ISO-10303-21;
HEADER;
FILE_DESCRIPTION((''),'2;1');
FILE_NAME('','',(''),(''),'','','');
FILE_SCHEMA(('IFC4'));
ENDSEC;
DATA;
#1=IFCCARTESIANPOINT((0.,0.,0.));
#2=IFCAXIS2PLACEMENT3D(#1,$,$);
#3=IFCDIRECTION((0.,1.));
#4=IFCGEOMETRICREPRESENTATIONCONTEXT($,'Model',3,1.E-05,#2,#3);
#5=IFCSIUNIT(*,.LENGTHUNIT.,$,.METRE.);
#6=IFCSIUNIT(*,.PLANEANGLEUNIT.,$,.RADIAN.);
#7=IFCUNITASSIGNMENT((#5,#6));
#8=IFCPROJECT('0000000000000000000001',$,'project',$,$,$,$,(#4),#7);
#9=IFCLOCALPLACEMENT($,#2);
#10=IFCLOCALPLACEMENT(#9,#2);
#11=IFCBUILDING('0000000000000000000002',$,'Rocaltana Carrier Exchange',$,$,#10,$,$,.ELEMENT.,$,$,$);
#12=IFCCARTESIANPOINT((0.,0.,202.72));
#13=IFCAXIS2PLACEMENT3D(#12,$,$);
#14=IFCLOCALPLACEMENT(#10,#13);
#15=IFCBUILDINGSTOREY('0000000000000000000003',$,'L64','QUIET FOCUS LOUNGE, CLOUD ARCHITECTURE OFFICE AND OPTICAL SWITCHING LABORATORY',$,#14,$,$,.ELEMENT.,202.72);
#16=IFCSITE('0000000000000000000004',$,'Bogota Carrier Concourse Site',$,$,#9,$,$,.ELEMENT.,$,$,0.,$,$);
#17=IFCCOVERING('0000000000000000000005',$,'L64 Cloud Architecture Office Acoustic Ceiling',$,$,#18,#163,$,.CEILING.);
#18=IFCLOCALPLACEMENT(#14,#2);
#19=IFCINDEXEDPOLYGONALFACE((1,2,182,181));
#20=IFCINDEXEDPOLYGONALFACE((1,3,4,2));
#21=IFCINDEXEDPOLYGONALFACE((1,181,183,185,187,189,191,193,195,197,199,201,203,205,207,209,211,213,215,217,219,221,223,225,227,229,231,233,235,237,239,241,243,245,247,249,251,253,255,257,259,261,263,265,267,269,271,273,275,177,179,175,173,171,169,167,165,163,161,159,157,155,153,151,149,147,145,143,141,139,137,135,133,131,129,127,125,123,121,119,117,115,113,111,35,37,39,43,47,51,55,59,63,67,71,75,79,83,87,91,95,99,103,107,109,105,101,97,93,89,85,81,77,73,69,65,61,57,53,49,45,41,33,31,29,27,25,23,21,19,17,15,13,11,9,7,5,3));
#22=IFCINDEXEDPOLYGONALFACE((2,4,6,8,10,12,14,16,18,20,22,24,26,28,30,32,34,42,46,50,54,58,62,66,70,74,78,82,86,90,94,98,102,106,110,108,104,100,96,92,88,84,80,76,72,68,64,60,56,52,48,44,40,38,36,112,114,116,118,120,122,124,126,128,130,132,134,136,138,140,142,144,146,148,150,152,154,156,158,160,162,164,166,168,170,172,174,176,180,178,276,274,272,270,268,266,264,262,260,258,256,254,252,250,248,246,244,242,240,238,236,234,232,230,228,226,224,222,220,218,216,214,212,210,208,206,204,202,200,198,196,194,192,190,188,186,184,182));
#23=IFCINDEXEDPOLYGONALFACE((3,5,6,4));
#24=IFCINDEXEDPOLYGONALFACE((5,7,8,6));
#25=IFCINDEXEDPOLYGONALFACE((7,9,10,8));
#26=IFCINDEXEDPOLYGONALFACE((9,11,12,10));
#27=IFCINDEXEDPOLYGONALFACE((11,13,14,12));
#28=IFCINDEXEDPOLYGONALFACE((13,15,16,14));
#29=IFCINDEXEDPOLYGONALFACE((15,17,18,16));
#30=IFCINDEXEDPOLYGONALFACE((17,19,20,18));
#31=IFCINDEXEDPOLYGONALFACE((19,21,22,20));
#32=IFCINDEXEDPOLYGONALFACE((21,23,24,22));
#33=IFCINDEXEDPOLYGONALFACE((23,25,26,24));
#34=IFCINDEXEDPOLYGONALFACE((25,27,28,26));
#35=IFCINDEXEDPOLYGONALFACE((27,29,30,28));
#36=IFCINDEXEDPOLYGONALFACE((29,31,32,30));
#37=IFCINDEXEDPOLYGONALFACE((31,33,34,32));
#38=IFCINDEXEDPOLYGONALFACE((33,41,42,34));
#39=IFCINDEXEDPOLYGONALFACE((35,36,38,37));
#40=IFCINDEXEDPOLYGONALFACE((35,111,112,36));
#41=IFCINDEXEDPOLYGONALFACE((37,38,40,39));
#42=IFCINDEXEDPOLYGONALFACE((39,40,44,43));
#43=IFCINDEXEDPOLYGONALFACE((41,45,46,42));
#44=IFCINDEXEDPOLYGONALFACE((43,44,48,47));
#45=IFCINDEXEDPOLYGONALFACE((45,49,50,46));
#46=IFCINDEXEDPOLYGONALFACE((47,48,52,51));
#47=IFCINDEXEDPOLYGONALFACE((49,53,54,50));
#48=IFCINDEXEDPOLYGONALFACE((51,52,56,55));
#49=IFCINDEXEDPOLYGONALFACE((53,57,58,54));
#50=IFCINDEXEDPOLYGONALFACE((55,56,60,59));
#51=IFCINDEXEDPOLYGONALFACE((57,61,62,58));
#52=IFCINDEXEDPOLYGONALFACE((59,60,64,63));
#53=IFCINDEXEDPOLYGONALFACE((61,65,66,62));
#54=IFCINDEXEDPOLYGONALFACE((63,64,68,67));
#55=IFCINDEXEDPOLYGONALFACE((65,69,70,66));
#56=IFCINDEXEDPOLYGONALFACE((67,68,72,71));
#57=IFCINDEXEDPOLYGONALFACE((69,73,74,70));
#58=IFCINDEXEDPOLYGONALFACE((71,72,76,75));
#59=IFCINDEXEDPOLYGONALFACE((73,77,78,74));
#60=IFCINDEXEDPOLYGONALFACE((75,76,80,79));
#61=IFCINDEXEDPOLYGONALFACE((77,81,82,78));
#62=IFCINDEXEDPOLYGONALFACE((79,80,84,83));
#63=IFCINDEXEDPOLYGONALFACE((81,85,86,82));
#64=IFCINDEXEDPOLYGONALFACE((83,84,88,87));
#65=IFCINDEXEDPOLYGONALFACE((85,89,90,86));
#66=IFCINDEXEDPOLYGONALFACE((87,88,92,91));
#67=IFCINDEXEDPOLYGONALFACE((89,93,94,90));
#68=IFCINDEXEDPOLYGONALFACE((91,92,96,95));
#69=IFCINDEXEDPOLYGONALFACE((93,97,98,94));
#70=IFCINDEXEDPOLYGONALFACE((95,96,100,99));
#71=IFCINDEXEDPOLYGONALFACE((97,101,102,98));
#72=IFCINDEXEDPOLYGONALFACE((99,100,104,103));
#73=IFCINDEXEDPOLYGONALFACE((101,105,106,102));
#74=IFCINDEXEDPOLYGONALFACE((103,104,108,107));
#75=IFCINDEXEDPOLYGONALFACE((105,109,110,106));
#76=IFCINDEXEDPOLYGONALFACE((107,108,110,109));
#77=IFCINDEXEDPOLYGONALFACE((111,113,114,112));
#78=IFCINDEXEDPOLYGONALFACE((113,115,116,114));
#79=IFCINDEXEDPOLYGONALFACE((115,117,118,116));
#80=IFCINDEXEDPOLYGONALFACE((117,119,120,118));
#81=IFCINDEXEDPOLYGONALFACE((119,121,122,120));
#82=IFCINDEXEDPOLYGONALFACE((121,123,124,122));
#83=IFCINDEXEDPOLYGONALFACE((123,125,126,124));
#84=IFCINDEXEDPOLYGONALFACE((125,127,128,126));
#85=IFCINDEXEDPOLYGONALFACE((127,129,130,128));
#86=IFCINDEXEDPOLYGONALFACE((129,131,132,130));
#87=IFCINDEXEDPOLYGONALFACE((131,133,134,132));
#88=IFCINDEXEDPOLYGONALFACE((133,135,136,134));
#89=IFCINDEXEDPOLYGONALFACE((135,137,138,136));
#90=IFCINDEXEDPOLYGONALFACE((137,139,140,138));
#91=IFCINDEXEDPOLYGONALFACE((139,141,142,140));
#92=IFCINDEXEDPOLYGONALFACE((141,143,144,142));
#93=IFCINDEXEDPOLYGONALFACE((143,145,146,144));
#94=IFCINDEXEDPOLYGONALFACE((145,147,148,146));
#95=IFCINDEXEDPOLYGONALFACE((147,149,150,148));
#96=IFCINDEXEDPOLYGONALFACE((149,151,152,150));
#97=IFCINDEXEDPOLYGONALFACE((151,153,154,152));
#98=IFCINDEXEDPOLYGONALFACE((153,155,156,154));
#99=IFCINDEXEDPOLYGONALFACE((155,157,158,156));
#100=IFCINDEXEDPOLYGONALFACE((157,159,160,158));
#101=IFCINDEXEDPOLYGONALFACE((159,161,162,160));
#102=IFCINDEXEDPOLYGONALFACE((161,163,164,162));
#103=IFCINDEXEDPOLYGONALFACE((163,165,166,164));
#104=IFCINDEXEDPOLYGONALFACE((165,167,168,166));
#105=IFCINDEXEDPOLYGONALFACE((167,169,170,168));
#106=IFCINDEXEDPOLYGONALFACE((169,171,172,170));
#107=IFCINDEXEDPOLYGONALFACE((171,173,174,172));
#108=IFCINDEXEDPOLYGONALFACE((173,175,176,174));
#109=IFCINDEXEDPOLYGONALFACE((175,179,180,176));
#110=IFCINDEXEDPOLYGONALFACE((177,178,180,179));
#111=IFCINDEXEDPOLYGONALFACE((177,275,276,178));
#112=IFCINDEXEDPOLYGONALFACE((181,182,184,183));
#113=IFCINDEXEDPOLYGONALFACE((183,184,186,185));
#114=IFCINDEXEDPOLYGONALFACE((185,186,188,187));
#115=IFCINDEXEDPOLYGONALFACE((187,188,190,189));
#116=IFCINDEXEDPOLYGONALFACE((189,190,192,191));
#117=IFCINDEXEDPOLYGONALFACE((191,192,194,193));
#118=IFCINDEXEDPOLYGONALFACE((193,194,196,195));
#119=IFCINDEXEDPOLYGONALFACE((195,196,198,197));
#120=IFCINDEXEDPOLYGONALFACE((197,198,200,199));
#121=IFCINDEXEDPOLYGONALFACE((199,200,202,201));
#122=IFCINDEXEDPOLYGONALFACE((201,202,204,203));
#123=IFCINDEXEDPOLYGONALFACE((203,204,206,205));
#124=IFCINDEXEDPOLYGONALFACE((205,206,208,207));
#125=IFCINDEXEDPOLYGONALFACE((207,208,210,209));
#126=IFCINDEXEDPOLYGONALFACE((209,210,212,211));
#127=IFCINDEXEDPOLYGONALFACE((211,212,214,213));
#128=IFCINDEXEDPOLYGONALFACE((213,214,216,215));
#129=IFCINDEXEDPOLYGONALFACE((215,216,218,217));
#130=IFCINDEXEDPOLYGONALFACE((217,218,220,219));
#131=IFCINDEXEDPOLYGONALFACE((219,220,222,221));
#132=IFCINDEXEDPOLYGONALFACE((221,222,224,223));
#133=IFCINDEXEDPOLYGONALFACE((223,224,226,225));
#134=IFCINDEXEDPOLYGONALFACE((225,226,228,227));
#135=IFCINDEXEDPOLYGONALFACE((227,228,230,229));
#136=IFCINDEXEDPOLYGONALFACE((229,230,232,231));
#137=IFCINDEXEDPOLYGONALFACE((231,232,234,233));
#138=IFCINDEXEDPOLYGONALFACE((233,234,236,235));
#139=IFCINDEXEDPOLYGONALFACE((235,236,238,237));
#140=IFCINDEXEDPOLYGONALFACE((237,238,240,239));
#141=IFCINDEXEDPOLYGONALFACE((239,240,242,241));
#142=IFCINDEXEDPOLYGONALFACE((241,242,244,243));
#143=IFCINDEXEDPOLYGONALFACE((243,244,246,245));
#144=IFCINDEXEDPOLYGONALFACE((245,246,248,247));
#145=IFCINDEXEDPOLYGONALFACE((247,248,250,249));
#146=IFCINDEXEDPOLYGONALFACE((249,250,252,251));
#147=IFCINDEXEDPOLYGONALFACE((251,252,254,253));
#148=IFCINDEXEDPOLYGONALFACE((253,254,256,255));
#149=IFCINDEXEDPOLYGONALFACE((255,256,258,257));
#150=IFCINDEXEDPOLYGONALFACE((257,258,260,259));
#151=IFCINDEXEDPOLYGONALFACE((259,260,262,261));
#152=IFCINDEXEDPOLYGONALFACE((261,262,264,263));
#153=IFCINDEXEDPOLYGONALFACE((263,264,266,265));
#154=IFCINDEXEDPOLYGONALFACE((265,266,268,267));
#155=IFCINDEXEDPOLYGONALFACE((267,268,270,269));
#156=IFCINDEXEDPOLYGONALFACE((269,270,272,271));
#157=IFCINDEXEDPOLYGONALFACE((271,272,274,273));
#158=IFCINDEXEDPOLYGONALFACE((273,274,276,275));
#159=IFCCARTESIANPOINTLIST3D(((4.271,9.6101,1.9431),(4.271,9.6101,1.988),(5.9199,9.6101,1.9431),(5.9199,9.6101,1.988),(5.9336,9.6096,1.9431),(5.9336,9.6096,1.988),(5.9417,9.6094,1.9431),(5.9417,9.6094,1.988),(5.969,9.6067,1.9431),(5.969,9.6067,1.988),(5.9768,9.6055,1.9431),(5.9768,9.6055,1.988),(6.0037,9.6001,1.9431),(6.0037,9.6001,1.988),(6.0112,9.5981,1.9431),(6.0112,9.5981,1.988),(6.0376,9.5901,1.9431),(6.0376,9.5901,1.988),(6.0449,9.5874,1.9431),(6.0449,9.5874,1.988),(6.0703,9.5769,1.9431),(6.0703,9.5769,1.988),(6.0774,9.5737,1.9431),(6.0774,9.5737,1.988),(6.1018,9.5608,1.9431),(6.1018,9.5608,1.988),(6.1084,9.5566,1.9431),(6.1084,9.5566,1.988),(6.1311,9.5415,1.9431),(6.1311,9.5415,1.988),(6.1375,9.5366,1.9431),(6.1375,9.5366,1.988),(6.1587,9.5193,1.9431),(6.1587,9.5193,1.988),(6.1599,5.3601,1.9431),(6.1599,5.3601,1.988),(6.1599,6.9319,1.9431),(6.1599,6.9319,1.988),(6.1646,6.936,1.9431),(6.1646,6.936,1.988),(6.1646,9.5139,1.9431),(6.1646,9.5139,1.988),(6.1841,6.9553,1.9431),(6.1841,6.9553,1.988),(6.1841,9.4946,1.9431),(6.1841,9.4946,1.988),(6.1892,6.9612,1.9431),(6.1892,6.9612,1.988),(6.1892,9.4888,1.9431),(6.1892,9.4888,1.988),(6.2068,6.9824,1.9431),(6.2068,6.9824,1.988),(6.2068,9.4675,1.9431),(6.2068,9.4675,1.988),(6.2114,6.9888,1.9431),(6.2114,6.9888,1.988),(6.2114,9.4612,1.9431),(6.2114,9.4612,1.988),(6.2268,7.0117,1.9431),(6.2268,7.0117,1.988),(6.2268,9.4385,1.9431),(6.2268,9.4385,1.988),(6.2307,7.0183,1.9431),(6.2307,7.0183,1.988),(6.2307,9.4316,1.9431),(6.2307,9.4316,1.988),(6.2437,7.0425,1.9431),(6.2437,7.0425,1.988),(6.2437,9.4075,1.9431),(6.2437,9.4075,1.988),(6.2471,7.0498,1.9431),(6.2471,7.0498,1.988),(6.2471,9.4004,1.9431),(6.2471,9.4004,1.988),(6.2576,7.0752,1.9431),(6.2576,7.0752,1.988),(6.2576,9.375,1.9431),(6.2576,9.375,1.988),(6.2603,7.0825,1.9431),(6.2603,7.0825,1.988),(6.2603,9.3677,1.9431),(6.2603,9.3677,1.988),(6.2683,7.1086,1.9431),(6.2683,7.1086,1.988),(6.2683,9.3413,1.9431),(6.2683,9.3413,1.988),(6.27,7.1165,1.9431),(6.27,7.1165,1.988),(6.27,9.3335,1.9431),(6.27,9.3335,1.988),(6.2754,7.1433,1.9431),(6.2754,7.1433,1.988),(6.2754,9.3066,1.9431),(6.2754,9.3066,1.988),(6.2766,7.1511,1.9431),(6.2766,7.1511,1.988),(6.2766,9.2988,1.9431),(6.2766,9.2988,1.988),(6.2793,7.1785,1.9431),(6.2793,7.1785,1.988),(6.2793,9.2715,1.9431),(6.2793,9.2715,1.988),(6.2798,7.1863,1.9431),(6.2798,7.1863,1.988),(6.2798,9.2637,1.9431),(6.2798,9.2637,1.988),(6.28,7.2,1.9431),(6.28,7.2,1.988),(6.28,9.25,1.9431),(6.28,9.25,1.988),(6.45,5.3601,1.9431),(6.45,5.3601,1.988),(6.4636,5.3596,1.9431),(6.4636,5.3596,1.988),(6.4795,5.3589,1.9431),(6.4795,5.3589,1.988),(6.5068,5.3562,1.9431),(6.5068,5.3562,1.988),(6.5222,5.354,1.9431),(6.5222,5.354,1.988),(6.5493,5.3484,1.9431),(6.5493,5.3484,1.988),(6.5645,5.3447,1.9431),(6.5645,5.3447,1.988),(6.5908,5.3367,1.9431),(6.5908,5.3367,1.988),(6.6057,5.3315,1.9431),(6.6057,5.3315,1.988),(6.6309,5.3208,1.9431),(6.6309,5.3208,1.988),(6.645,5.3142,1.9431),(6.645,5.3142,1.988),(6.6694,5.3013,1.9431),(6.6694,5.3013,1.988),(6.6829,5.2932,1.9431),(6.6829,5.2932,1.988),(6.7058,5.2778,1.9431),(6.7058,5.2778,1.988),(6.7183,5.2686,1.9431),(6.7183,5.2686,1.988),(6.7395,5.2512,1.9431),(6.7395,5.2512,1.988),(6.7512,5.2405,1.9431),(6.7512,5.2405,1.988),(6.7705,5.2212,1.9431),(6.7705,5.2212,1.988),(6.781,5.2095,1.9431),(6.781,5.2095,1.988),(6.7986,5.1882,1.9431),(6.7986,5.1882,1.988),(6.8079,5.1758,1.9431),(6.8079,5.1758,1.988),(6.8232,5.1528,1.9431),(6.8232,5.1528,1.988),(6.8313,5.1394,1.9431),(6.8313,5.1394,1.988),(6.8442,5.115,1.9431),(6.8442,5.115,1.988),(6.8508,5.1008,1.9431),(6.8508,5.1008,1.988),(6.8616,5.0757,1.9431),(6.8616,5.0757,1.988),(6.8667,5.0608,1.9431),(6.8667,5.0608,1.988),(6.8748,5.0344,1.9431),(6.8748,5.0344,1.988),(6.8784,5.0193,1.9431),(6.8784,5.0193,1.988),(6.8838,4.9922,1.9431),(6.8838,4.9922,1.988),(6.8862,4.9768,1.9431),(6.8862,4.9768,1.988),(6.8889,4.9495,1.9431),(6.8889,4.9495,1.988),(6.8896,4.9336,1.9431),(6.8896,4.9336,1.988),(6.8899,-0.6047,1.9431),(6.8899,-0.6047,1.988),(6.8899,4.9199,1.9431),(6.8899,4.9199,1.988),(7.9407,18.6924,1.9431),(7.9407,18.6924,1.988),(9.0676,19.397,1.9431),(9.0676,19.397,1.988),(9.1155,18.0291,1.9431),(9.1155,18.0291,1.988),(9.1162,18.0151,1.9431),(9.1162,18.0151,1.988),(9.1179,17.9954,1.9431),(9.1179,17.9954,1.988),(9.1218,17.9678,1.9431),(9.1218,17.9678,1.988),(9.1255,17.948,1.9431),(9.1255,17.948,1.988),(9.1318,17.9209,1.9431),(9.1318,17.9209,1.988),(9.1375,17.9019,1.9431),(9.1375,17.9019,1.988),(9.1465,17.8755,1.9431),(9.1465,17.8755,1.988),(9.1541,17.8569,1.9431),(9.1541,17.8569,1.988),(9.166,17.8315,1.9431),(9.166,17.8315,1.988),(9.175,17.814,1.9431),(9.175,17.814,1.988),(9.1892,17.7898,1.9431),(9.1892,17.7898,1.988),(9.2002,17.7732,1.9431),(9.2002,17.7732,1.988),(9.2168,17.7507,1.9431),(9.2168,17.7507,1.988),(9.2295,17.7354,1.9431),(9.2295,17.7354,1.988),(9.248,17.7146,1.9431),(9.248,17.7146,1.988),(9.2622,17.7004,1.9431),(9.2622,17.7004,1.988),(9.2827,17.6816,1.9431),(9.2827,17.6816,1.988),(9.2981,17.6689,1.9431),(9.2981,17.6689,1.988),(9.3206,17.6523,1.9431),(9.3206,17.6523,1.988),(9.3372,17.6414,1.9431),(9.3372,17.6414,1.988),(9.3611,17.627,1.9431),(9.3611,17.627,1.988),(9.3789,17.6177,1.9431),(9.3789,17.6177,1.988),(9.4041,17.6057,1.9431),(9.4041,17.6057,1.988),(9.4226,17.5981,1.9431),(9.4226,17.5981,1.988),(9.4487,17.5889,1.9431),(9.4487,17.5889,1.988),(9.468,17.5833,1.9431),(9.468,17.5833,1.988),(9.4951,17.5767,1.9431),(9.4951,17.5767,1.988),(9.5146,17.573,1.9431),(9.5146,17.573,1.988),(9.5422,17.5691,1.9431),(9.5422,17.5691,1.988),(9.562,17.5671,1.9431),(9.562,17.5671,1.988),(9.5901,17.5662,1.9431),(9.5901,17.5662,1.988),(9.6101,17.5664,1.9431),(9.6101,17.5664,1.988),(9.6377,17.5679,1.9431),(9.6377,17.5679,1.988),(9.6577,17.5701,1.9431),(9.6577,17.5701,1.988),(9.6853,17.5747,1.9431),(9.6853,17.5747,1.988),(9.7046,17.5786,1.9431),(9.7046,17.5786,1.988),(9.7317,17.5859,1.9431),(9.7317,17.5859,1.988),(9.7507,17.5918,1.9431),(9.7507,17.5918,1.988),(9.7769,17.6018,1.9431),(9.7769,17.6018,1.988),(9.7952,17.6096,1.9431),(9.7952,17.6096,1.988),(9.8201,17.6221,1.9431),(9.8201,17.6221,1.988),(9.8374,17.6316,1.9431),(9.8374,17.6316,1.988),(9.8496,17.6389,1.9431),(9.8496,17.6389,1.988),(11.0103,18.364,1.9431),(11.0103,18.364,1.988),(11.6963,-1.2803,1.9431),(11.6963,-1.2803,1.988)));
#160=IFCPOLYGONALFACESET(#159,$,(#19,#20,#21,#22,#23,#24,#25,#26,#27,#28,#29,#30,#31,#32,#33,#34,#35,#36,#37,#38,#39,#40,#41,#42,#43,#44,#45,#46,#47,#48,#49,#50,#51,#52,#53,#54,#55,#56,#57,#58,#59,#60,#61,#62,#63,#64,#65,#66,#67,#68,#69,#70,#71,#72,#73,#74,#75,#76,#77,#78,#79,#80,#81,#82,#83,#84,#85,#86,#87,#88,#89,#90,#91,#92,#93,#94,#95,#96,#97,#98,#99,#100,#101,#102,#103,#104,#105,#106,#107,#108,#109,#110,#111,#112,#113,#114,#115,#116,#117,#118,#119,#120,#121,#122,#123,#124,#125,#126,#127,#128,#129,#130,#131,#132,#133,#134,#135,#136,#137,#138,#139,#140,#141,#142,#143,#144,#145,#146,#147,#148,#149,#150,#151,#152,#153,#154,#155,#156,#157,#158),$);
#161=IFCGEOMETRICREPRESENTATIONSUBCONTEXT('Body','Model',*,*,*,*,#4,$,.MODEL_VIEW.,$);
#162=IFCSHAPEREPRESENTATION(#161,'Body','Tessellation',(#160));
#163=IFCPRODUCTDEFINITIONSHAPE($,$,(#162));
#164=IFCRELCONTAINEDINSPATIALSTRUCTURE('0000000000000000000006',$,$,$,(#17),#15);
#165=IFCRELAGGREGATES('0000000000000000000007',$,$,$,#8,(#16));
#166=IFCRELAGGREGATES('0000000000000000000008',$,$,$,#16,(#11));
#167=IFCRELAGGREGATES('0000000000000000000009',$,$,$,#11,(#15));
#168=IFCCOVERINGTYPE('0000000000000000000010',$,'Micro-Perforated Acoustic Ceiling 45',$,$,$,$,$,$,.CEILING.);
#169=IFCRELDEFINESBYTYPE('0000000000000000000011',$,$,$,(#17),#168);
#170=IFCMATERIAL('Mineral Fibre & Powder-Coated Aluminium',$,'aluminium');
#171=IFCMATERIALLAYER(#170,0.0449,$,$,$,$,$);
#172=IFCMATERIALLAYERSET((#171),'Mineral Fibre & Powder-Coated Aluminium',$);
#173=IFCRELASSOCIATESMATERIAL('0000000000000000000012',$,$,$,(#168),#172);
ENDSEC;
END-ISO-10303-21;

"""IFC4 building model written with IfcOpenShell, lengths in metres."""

from ifc_helpers import new_model, si_unit, direction, frame, origin, place, context, subcontext, project, spatial, polyline, outline, extrude, material, layer, layer_set, type_object, element, save


model = new_model("IFC4")

# Units and contexts
model_context = context("Model", 3, precision=1e-05, world=origin(), true_north=direction((0.0, 1.0)))
body_context = subcontext(model_context, "Body", "Model", "MODEL_VIEW")
ifc_project = project(units=[si_unit("LENGTHUNIT", "METRE"), si_unit("PLANEANGLEUNIT", "RADIAN")], contexts=[model_context])

# Site, building, storey
site_placement = place(None, origin())
site = spatial("IfcSite", under=ifc_project, at=site_placement, Name="Bogota Carrier Concourse Site", CompositionType="ELEMENT", RefElevation=0.0)
building_placement = place(site_placement, origin())
building = spatial("IfcBuilding", under=site, at=building_placement, Name="Rocaltana Carrier Exchange", CompositionType="ELEMENT")
storey_placement = place(building_placement, frame((0.0, 0.0, 202.72)))
storey = spatial("IfcBuildingStorey", under=building, at=storey_placement, Name="L64", Description="QUIET FOCUS LOUNGE, CLOUD ARCHITECTURE OFFICE AND OPTICAL SWITCHING LABORATORY", CompositionType="ELEMENT", Elevation=202.72)

# Covering
ifc_material_1 = material(Name="Mineral Fibre & Powder-Coated Aluminium", Category="aluminium")
ifc_layer_1 = layer(ifc_material_1, 0.0449)
ifc_layer_set_1 = layer_set([ifc_layer_1], Name="Mineral Fibre & Powder-Coated Aluminium")
covering_type_1 = type_object("IfcCoveringType", Name="Micro-Perforated Acoustic Ceiling 45", PredefinedType="CEILING", material=ifc_layer_set_1)
covering_1_placement = place(storey_placement, frame((0.0, 0.0, 1.9431)))
element("IfcCovering", 1, at=covering_1_placement, inside=storey, type_object=covering_type_1, Name="L64 Cloud Architecture Office Acoustic Ceiling", PredefinedType="CEILING", context=body_context, shape_type="SweptSolid", body=[
    extrude(outline(polyline([(6.1599, 6.9319), (6.1646, 6.936), (6.1841, 6.9553), (6.1892, 6.9612), (6.2068, 6.9824), (6.2114, 6.9888), (6.2268, 7.0117), (6.2307, 7.0183), (6.2437, 7.0425), (6.2471, 7.0498), (6.2576, 7.0752), (6.2603, 7.0825), (6.2683, 7.1086), (6.27, 7.1165), (6.2754, 7.1433), (6.2766, 7.1511), (6.2793, 7.1785), (6.2798, 7.1863), (6.28, 7.2), (6.28, 9.25), (6.2798, 9.2637), (6.2793, 9.2715), (6.2766, 9.2988), (6.2754, 9.3066), (6.27, 9.3335), (6.2683, 9.3413), (6.2603, 9.3677), (6.2576, 9.375), (6.2471, 9.4004), (6.2437, 9.4075), (6.2307, 9.4316), (6.2268, 9.4385), (6.2114, 9.4612), (6.2068, 9.4675), (6.1892, 9.4888), (6.1841, 9.4946), (6.1646, 9.5139), (6.1587, 9.5193), (6.1375, 9.5366), (6.1311, 9.5415), (6.1084, 9.5566), (6.1018, 9.5608), (6.0774, 9.5737), (6.0703, 9.5769), (6.0449, 9.5874), (6.0376, 9.5901), (6.0112, 9.5981), (6.0037, 9.6001), (5.9768, 9.6055), (5.969, 9.6067), (5.9417, 9.6094), (5.9336, 9.6096), (5.9199, 9.6101), (4.271, 9.6101), (7.9407, 18.6924), (9.0676, 19.397), (9.1155, 18.0291), (9.1162, 18.0151), (9.1179, 17.9954), (9.1218, 17.9678), (9.1255, 17.948), (9.1318, 17.9209), (9.1375, 17.9019), (9.1465, 17.8755), (9.1541, 17.8569), (9.166, 17.8315), (9.175, 17.814), (9.1892, 17.7898), (9.2002, 17.7732), (9.2168, 17.7507), (9.2295, 17.7354), (9.248, 17.7146), (9.2622, 17.7004), (9.2827, 17.6816), (9.2981, 17.6689), (9.3206, 17.6523), (9.3372, 17.6414), (9.3611, 17.627), (9.3789, 17.6177), (9.4041, 17.6057), (9.4226, 17.5981), (9.4487, 17.5889), (9.468, 17.5833), (9.4951, 17.5767), (9.5146, 17.573), (9.5422, 17.5691), (9.562, 17.5671), (9.5901, 17.5662), (9.6101, 17.5664), (9.6377, 17.5679), (9.6577, 17.5701), (9.6853, 17.5747), (9.7046, 17.5786), (9.7317, 17.5859), (9.7507, 17.5918), (9.7769, 17.6018), (9.7952, 17.6096), (9.8201, 17.6221), (9.8374, 17.6316), (9.8496, 17.6389), (11.0103, 18.364), (11.6963, -1.2803), (6.8899, -0.6047), (6.8899, 4.9199), (6.8896, 4.9336), (6.8889, 4.9495), (6.8862, 4.9768), (6.8838, 4.9922), (6.8784, 5.0193), (6.8748, 5.0344), (6.8667, 5.0608), (6.8616, 5.0757), (6.8508, 5.1008), (6.8442, 5.115), (6.8313, 5.1394), (6.8232, 5.1528), (6.8079, 5.1758), (6.7986, 5.1882), (6.781, 5.2095), (6.7705, 5.2212), (6.7512, 5.2405), (6.7395, 5.2512), (6.7183, 5.2686), (6.7058, 5.2778), (6.6829, 5.2932), (6.6694, 5.3013), (6.645, 5.3142), (6.6309, 5.3208), (6.6057, 5.3315), (6.5908, 5.3367), (6.5645, 5.3447), (6.5493, 5.3484), (6.5222, 5.354), (6.5068, 5.3562), (6.4795, 5.3589), (6.4636, 5.3596), (6.45, 5.3601), (6.1599, 5.3601), (6.1599, 6.9319)])), origin(), (0.0, 0.0, 1.0), 0.0449),
])

save(model, "model.ifc")
